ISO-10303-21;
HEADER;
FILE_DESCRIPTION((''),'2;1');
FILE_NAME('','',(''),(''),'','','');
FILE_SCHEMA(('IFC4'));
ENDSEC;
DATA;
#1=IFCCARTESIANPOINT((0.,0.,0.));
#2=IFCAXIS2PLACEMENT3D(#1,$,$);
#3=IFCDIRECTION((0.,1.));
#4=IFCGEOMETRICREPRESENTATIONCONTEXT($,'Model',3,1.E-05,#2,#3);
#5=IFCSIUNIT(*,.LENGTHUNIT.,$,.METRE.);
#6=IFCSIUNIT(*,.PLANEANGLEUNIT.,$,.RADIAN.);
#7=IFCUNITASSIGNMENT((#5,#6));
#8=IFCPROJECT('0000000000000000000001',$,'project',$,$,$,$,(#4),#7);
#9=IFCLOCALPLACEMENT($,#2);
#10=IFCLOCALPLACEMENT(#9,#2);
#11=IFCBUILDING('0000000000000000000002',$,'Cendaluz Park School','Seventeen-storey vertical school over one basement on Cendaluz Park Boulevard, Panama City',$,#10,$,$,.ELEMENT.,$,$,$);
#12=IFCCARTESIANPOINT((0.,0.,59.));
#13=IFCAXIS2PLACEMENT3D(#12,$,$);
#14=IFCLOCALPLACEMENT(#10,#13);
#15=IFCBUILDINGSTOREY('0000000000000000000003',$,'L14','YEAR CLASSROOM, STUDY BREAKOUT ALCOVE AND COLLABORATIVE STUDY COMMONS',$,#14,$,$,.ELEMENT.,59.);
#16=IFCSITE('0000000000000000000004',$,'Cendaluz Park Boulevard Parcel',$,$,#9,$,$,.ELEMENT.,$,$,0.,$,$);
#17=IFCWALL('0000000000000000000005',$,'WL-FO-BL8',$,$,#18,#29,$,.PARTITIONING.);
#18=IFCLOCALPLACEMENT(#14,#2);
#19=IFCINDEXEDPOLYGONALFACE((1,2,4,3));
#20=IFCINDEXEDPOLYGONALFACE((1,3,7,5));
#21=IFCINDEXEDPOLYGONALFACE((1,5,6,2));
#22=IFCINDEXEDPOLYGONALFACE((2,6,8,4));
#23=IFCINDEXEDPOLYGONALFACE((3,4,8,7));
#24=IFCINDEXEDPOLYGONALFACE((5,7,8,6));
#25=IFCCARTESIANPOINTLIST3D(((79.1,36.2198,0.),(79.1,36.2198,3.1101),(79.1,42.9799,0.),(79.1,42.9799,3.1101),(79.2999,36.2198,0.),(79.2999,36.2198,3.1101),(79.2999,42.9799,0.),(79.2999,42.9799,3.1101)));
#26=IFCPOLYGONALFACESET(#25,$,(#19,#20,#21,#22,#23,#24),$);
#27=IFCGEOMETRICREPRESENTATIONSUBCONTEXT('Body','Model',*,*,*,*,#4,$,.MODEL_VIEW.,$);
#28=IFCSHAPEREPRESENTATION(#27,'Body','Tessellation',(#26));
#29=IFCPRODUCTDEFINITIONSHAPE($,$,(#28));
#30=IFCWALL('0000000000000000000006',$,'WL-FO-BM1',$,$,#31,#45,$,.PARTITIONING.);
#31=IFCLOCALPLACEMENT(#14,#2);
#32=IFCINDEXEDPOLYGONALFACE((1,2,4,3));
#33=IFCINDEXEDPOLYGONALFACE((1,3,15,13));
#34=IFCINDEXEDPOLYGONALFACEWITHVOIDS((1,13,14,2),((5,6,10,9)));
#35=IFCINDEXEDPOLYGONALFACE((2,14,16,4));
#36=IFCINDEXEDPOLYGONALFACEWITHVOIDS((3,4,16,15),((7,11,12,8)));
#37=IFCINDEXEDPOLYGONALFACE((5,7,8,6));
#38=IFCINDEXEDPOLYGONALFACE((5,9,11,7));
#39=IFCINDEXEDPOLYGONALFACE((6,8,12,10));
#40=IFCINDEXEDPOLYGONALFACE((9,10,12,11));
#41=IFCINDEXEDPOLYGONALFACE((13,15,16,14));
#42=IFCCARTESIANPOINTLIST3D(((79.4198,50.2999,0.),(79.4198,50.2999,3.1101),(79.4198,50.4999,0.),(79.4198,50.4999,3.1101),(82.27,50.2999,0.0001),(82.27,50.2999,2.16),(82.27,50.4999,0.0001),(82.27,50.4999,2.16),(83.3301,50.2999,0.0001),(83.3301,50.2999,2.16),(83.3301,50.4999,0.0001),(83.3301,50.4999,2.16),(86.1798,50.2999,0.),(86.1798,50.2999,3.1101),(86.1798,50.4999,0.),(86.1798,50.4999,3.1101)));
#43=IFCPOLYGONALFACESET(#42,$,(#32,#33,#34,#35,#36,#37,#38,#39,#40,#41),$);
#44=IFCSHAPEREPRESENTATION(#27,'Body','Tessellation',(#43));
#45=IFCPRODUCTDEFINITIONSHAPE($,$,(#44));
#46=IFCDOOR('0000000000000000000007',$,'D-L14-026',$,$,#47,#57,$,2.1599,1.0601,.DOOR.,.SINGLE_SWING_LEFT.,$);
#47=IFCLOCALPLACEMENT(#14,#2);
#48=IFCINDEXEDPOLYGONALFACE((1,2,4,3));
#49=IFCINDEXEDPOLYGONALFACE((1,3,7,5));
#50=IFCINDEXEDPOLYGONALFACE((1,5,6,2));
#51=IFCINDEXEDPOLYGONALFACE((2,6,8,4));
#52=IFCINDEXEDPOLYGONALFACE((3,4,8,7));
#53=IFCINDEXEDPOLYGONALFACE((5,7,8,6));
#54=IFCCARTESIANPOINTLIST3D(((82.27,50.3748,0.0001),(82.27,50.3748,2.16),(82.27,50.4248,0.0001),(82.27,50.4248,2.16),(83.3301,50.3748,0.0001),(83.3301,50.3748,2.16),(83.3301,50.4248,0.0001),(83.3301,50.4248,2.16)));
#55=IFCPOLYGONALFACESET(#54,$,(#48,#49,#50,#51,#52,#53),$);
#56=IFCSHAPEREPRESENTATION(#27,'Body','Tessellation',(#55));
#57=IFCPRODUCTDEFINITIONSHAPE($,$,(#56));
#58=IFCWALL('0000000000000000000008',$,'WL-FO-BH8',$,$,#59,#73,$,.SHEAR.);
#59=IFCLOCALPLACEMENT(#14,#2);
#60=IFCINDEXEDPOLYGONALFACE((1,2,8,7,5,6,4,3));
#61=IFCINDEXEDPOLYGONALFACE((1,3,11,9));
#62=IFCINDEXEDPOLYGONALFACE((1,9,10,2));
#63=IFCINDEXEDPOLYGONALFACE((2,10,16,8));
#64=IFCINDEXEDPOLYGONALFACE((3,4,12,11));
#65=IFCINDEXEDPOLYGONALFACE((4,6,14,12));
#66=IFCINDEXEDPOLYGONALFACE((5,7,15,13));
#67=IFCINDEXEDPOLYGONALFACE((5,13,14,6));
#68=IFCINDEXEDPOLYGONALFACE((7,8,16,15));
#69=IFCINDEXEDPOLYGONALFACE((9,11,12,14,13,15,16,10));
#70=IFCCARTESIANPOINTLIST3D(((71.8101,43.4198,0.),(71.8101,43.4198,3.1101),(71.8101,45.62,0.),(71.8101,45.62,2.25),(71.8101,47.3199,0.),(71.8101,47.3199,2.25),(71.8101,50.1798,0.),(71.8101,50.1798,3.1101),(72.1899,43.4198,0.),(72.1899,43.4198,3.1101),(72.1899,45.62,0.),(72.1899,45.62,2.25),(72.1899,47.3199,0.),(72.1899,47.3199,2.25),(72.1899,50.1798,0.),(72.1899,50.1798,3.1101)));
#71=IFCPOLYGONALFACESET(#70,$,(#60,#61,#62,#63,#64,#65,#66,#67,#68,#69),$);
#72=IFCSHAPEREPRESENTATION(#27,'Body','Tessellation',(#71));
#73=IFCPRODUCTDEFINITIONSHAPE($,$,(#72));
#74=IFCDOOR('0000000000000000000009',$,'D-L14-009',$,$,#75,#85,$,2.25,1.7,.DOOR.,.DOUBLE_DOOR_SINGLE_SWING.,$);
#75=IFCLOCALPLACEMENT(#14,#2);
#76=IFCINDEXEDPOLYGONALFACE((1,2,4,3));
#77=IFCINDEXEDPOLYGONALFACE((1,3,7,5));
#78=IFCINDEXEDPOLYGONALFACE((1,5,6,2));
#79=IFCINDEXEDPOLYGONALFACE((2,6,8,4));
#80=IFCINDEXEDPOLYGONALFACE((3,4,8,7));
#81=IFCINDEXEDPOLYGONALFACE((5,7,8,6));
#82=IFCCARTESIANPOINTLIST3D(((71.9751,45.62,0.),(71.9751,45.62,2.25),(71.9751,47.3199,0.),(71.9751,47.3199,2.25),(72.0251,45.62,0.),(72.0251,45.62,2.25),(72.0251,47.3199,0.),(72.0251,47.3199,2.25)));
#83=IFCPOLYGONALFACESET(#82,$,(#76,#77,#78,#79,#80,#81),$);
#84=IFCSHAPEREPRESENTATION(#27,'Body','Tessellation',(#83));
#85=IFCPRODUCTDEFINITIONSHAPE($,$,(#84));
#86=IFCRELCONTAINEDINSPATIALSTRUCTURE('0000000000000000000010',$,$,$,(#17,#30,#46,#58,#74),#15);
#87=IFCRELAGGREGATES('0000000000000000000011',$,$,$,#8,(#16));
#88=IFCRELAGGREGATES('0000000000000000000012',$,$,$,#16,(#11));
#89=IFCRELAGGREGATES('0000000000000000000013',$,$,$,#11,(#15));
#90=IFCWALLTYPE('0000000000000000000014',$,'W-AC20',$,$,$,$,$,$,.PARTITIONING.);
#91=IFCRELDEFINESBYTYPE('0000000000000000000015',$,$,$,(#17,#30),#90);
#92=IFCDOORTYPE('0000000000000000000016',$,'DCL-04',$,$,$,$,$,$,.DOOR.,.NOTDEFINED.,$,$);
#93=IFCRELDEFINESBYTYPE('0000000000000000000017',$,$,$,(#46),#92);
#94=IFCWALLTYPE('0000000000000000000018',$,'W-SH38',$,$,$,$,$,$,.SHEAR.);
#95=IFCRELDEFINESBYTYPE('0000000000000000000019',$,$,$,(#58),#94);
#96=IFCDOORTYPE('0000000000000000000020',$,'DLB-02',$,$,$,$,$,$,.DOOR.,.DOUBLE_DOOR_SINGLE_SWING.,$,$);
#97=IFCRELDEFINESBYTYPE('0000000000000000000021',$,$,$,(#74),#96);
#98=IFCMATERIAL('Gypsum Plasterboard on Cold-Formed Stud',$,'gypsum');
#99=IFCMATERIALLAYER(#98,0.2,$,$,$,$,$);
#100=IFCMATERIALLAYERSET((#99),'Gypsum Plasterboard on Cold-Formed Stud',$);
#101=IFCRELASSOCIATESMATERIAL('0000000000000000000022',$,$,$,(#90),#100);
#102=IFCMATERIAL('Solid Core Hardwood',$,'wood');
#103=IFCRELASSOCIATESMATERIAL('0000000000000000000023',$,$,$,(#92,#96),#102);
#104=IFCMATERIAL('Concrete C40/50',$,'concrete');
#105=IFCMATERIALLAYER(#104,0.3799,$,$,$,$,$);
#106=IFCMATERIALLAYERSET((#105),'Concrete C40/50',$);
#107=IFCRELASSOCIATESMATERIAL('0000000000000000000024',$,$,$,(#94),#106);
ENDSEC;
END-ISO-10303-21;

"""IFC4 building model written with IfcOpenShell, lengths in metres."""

from ifc_helpers import new_model, si_unit, direction, frame, frame_2d, origin, place, context, subcontext, project, spatial, rectangle, extrude, material, layer, layer_set, type_object, element, fill, save


model = new_model("IFC4")

# Units and contexts
model_context = context("Model", 3, precision=1e-05, world=origin(), true_north=direction((0.0, 1.0)))
body_context = subcontext(model_context, "Body", "Model", "MODEL_VIEW")
ifc_project = project(units=[si_unit("LENGTHUNIT", "METRE"), si_unit("PLANEANGLEUNIT", "RADIAN")], contexts=[model_context])

# Site, building, storey
site_placement = place(None, origin())
site = spatial("IfcSite", under=ifc_project, at=site_placement, Name="Cendaluz Park Boulevard Parcel", CompositionType="ELEMENT", RefElevation=0.0)
building_placement = place(site_placement, origin())
building = spatial("IfcBuilding", under=site, at=building_placement, Name="Cendaluz Park School", Description="Seventeen-storey vertical school over one basement on Cendaluz Park Boulevard, Panama City", CompositionType="ELEMENT")
storey_placement = place(building_placement, frame((0.0, 0.0, 59.0)))
storey = spatial("IfcBuildingStorey", under=building, at=storey_placement, Name="L14", Description="YEAR CLASSROOM, STUDY BREAKOUT ALCOVE AND COLLABORATIVE STUDY COMMONS", CompositionType="ELEMENT", Elevation=59.0)

# Shared definitions
ifc_material_1 = material(Name="Gypsum Plasterboard on Cold-Formed Stud", Category="gypsum")
ifc_layer_1 = layer(ifc_material_1, 0.2)
ifc_layer_set_1 = layer_set([ifc_layer_1], Name="Gypsum Plasterboard on Cold-Formed Stud")
wall_type_1 = type_object("IfcWallType", Name="W-AC20", PredefinedType="PARTITIONING", material=ifc_layer_set_1)

# Shared definitions
ifc_material_2 = material(Name="Solid Core Hardwood", Category="wood")

# Wall
wall_1_placement = place(storey_placement, frame((79.2, 36.22, 0.0), z_axis=(0.0, 0.0, 1.0), x_axis=(0.0, 1.0, 0.0)))
element("IfcWall", 1, at=wall_1_placement, inside=storey, type_object=wall_type_1, Name="WL-FO-BL8", PredefinedType="PARTITIONING", context=body_context, shape_type="SweptSolid", body=[
    extrude(rectangle(XDim=6.76, YDim=0.2, at=frame_2d((3.3799, 0.0))), origin(), (0.0, 0.0, 1.0), 3.1101),
])

# Walls, openings, doors
wall_2_placement = place(storey_placement, frame((79.4199, 50.3999, 0.0), z_axis=(0.0, 0.0, 1.0), x_axis=(1.0, 0.0, 0.0)))
wall_2 = element("IfcWall", 2, at=wall_2_placement, inside=storey, type_object=wall_type_1, Name="WL-FO-BM1", PredefinedType="PARTITIONING", context=body_context, shape_type="SweptSolid", body=[
    extrude(rectangle(XDim=6.76, YDim=0.2, at=frame_2d((3.3799, 0.0))), origin(), (0.0, 0.0, 1.0), 3.1101),
])
opening_1_placement = place(wall_2_placement, frame((2.8501, 0.0, 0.0)))
opening_1 = element("IfcOpeningElement", 3, at=opening_1_placement, cuts=wall_2, PredefinedType="OPENING", context=body_context, shape_type="SweptSolid", body=[
    extrude(rectangle(XDim=1.0601, YDim=2.1599, at=frame_2d((0.53, 1.0801))), frame((0.0, 0.1121, 0.0), z_axis=(0.0, -1.0, 0.0), x_axis=(1.0, 0.0, 0.0)), (0.0, 0.0, 1.0), 0.2239),
])
door_type_1 = type_object("IfcDoorType", Name="DCL-04", OperationType="NOTDEFINED", PredefinedType="DOOR", material=ifc_material_2)
door_1_placement = place(opening_1_placement, origin())
door_1 = element("IfcDoor", 4, at=door_1_placement, inside=storey, type_object=door_type_1, Name="D-L14-026", OperationType="SINGLE_SWING_LEFT", OverallHeight=2.1599, OverallWidth=1.0601, PredefinedType="DOOR", context=body_context, shape_type="SweptSolid", body=[
    extrude(rectangle(XDim=1.0601, YDim=2.1599, at=frame_2d((0.53, 1.0801))), frame((0.0, 0.0249, 0.0), z_axis=(0.0, -1.0, 0.0), x_axis=(1.0, 0.0, 0.0)), (0.0, 0.0, 1.0), 0.05),
])
fill(opening_1, door_1)
ifc_material_3 = material(Name="Concrete C40/50", Category="concrete")
ifc_layer_2 = layer(ifc_material_3, 0.3799)
ifc_layer_set_2 = layer_set([ifc_layer_2], Name="Concrete C40/50")
wall_type_2 = type_object("IfcWallType", Name="W-SH38", PredefinedType="SHEAR", material=ifc_layer_set_2)
wall_3_placement = place(storey_placement, frame((72.0, 43.4199, 0.0), z_axis=(0.0, 0.0, 1.0), x_axis=(0.0, 1.0, 0.0)))
wall_3 = element("IfcWall", 5, at=wall_3_placement, inside=storey, type_object=wall_type_2, Name="WL-FO-BH8", PredefinedType="SHEAR", context=body_context, shape_type="SweptSolid", body=[
    extrude(rectangle(XDim=6.76, YDim=0.3799, at=frame_2d((3.3799, 0.0))), origin(), (0.0, 0.0, 1.0), 3.1101),
])
opening_2_placement = place(wall_3_placement, frame((2.2, 0.0, 0.0)))
opening_2 = element("IfcOpeningElement", 6, at=opening_2_placement, cuts=wall_3, PredefinedType="OPENING", context=body_context, shape_type="SweptSolid", body=[
    extrude(rectangle(XDim=1.7, YDim=2.25, at=frame_2d((0.8501, 1.125))), frame((0.0, 0.2019, 0.0), z_axis=(0.0, -1.0, 0.0), x_axis=(1.0, 0.0, 0.0)), (0.0, 0.0, 1.0), 0.4038),
])
door_type_2 = type_object("IfcDoorType", Name="DLB-02", OperationType="DOUBLE_DOOR_SINGLE_SWING", PredefinedType="DOOR", material=ifc_material_2)
door_2_placement = place(opening_2_placement, origin())
door_2 = element("IfcDoor", 7, at=door_2_placement, inside=storey, type_object=door_type_2, Name="D-L14-009", OperationType="DOUBLE_DOOR_SINGLE_SWING", OverallHeight=2.25, OverallWidth=1.7, PredefinedType="DOOR", context=body_context, shape_type="SweptSolid", body=[
    extrude(rectangle(XDim=1.7, YDim=2.25, at=frame_2d((0.8501, 1.125))), frame((0.0, 0.0249, 0.0), z_axis=(0.0, -1.0, 0.0), x_axis=(1.0, 0.0, 0.0)), (0.0, 0.0, 1.0), 0.05),
])
fill(opening_2, door_2)

save(model, "model.ifc")
